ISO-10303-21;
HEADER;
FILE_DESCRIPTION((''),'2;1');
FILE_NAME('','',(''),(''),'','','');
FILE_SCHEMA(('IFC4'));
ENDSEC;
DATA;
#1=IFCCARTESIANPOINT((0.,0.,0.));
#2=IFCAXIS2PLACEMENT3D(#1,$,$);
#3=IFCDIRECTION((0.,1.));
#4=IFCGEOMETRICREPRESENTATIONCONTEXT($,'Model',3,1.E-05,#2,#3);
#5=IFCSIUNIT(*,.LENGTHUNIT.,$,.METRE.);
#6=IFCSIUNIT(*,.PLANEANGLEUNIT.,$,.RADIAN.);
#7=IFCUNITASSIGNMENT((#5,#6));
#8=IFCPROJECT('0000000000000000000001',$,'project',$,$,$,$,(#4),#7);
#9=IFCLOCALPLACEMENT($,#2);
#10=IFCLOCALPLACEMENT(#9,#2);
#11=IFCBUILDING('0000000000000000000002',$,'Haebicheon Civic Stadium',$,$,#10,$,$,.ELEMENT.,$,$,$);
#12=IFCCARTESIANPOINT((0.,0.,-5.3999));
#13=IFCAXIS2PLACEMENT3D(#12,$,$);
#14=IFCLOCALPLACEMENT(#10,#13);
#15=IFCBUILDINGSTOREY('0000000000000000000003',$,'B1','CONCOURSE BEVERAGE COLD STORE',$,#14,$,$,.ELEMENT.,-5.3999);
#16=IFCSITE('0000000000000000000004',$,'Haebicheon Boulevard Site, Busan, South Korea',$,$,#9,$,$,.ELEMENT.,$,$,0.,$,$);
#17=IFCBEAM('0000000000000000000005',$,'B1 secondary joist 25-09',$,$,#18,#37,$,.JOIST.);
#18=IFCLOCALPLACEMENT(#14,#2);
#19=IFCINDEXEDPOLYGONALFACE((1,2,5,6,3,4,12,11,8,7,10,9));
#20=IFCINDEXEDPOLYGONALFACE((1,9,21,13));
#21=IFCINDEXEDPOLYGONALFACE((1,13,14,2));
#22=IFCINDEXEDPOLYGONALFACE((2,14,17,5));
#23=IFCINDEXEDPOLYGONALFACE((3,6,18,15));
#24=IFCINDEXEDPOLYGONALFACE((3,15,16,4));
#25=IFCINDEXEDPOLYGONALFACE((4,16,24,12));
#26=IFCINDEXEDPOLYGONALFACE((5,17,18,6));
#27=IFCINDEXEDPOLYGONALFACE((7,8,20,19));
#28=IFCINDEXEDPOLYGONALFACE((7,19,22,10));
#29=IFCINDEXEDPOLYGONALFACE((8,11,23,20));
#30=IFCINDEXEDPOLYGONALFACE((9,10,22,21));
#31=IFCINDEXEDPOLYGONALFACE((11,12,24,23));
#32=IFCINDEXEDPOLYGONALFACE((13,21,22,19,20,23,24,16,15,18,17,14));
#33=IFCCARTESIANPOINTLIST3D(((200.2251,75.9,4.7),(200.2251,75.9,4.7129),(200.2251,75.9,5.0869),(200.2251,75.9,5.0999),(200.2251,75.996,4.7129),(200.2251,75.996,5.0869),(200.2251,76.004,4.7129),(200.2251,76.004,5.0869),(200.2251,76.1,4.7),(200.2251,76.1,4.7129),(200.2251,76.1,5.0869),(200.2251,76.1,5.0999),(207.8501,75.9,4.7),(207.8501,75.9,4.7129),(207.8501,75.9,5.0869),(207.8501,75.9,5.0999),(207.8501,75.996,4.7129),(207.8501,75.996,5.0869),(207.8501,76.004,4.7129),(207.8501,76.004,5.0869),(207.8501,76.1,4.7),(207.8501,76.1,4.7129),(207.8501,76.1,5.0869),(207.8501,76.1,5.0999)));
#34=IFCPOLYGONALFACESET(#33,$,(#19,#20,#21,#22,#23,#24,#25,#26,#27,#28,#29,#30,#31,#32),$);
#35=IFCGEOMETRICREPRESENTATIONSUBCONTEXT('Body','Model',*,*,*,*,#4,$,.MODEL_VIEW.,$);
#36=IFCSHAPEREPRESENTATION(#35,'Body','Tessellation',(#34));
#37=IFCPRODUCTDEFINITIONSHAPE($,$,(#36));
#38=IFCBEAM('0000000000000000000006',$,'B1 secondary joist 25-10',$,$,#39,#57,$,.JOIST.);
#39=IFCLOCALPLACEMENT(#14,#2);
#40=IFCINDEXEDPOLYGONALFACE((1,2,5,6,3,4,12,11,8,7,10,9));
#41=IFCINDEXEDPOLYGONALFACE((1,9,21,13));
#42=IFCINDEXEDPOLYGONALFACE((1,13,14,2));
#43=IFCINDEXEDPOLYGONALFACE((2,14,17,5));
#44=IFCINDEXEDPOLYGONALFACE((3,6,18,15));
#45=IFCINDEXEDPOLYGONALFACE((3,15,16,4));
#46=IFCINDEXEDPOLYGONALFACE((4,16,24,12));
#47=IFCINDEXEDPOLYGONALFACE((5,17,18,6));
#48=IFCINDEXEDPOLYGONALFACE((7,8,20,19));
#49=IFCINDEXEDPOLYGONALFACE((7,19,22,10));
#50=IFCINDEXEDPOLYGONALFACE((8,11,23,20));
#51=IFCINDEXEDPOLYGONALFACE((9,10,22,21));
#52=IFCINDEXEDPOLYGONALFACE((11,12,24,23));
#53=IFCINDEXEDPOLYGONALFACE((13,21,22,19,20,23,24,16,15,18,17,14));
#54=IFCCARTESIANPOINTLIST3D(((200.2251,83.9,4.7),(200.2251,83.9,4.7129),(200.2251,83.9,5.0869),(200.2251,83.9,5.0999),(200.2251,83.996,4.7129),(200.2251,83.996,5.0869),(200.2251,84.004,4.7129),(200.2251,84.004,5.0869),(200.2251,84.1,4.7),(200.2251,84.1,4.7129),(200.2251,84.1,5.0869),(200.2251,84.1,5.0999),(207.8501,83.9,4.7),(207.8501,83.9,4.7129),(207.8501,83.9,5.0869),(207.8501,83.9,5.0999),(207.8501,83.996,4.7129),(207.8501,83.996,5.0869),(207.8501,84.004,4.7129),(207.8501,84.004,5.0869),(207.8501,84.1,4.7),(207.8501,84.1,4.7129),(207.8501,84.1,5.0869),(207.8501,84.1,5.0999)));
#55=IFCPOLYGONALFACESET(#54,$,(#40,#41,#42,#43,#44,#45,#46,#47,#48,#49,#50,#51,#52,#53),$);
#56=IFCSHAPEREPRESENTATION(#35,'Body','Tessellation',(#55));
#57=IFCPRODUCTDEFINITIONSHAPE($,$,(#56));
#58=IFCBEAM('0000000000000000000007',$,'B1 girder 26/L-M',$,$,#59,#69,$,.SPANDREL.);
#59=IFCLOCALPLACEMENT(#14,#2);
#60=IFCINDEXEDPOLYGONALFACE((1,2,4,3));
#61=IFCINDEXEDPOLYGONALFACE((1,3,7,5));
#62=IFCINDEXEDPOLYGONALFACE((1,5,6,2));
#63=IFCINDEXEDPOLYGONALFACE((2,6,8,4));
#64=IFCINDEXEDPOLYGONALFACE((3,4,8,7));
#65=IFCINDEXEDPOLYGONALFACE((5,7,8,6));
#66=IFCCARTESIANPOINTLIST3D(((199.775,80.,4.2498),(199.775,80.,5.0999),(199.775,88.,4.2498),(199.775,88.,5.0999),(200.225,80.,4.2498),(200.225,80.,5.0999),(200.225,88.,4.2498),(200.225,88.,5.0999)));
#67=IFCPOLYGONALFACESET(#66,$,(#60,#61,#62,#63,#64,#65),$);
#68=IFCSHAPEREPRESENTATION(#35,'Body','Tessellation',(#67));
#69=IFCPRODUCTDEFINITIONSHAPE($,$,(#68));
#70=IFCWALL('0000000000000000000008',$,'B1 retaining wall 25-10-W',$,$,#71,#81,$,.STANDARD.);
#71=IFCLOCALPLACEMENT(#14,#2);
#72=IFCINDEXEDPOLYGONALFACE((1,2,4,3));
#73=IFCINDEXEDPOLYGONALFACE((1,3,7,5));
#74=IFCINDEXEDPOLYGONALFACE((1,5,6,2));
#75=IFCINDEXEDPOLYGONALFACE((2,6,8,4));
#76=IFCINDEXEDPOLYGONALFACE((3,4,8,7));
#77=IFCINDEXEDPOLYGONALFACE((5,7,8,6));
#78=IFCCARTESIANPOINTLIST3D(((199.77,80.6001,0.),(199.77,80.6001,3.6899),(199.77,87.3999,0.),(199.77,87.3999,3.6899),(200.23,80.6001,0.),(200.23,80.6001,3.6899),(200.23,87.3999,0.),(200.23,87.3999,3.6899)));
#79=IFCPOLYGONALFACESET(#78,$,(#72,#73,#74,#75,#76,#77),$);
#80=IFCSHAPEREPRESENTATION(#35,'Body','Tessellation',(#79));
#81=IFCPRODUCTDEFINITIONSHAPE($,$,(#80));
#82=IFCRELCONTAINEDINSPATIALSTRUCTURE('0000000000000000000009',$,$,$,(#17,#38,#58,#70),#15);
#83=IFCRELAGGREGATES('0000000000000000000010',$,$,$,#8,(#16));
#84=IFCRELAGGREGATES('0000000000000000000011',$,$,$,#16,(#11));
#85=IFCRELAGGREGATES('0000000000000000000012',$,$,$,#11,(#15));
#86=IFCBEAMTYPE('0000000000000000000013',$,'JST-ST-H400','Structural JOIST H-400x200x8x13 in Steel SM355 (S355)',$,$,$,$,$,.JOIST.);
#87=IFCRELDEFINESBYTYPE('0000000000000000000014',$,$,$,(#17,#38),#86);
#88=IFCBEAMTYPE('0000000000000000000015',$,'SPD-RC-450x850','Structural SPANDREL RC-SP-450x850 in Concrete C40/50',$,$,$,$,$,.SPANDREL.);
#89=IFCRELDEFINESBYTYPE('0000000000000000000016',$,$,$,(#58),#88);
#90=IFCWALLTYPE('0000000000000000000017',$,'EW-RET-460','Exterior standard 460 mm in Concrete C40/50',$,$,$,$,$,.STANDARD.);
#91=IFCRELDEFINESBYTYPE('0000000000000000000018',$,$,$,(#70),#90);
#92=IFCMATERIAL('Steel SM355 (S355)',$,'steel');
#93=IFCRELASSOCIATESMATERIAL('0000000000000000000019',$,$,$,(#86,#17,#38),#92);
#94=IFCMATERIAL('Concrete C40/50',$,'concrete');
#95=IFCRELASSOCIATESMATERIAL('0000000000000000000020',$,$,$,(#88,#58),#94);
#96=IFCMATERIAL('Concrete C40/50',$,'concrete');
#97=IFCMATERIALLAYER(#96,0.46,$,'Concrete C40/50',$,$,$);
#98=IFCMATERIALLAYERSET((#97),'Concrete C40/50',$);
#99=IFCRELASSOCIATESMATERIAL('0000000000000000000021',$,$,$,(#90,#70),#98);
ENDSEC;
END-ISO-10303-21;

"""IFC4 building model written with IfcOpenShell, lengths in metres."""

from ifc_helpers import new_model, si_unit, direction, frame, frame_2d, origin, origin_2d, place, context, subcontext, project, spatial, rectangle, i_section, extrude, material, layer, layer_set, material_profile, profile_set, type_object, element, save


model = new_model("IFC4")

# Units and contexts
model_context = context("Model", 3, precision=1e-05, world=origin(), true_north=direction((0.0, 1.0)))
body_context = subcontext(model_context, "Body", "Model", "MODEL_VIEW")
ifc_project = project(units=[si_unit("LENGTHUNIT", "METRE"), si_unit("PLANEANGLEUNIT", "RADIAN")], contexts=[model_context])

# Site, building, storey
site_placement = place(None, origin())
site = spatial("IfcSite", under=ifc_project, at=site_placement, Name="Haebicheon Boulevard Site, Busan, South Korea", CompositionType="ELEMENT", RefElevation=0.0)
building_placement = place(site_placement, origin())
building = spatial("IfcBuilding", under=site, at=building_placement, Name="Haebicheon Civic Stadium", CompositionType="ELEMENT")
storey_placement = place(building_placement, frame((0.0, 0.0, -5.3999)))
storey = spatial("IfcBuildingStorey", under=building, at=storey_placement, Name="B1", Description="CONCOURSE BEVERAGE COLD STORE", CompositionType="ELEMENT", Elevation=-5.3999)

# Beams
ifc_material_1 = material(Name="Steel SM355 (S355)", Category="steel")
ifc_material_profile_1 = material_profile(ifc_material_1, i_section(OverallWidth=0.2, OverallDepth=0.3999, WebThickness=0.0081, FlangeThickness=0.0129, at=origin_2d()), Name="H-400x200x8x13")
ifc_profile_set_1 = profile_set([ifc_material_profile_1], Name="Steel SM355 (S355)")
beam_type_1 = type_object("IfcBeamType", Name="JST-ST-H400", Description="Structural JOIST H-400x200x8x13 in Steel SM355 (S355)", PredefinedType="JOIST", material=ifc_profile_set_1)
for number, where, z_axis, x_axis, name in (
    (1, (200.2251, 76.0, 4.8999), (1.0, 0.0, 0.0), (0.0, 1.0, 0.0), "B1 secondary joist 25-09"),
    (2, (200.2251, 84.0, 4.8999), (1.0, 0.0, 0.0), (0.0, 1.0, 0.0), "B1 secondary joist 25-10"),
):
    element("IfcBeam", number, at=place(storey_placement, frame(where, z_axis=z_axis, x_axis=x_axis)), inside=storey, type_object=beam_type_1, material=ifc_profile_set_1, Name=name, PredefinedType="JOIST", context=body_context, shape_type="SweptSolid", body=[
        extrude(i_section(OverallWidth=0.2, OverallDepth=0.3999, WebThickness=0.0081, FlangeThickness=0.0129, at=origin_2d()), origin(), (0.0, 0.0, 1.0), 7.625),
    ])
ifc_material_2 = material(Name="Concrete C40/50", Category="concrete")
ifc_material_profile_2 = material_profile(ifc_material_2, rectangle(XDim=0.45, YDim=0.8501, at=origin_2d()), Name="RC-SP-450x850")
ifc_profile_set_2 = profile_set([ifc_material_profile_2], Name="Concrete C40/50")
beam_type_2 = type_object("IfcBeamType", Name="SPD-RC-450x850", Description="Structural SPANDREL RC-SP-450x850 in Concrete C40/50", PredefinedType="SPANDREL", material=ifc_profile_set_2)
beam_1_placement = place(storey_placement, frame((200.0, 80.0, 4.6748), z_axis=(0.0, 1.0, 0.0), x_axis=(-1.0, 0.0, 0.0)))
element("IfcBeam", 3, at=beam_1_placement, inside=storey, type_object=beam_type_2, material=ifc_profile_set_2, Name="B1 girder 26/L-M", PredefinedType="SPANDREL", context=body_context, shape_type="SweptSolid", body=[
    extrude(rectangle(XDim=0.45, YDim=0.8501, at=origin_2d()), origin(), (0.0, 0.0, 1.0), 8.0),
])

# Wall
ifc_material_3 = material(Name="Concrete C40/50", Category="concrete")
ifc_layer_1 = layer(ifc_material_3, 0.46, Name="Concrete C40/50")
ifc_layer_set_1 = layer_set([ifc_layer_1], Name="Concrete C40/50")
wall_type = type_object("IfcWallType", Name="EW-RET-460", Description="Exterior standard 460 mm in Concrete C40/50", PredefinedType="STANDARD", material=ifc_layer_set_1)
wall_placement = place(storey_placement, frame((200.0, 80.6001, 0.0), z_axis=(0.0, 0.0, 1.0), x_axis=(0.0, 1.0, 0.0)))
element("IfcWall", 4, at=wall_placement, inside=storey, type_object=wall_type, material=ifc_layer_set_1, Name="B1 retaining wall 25-10-W", PredefinedType="STANDARD", context=body_context, shape_type="SweptSolid", body=[
    extrude(rectangle(XDim=6.7998, YDim=0.46, at=frame_2d((3.3999, 0.0))), origin(), (0.0, 0.0, 1.0), 3.6899),
])

save(model, "model.ifc")
